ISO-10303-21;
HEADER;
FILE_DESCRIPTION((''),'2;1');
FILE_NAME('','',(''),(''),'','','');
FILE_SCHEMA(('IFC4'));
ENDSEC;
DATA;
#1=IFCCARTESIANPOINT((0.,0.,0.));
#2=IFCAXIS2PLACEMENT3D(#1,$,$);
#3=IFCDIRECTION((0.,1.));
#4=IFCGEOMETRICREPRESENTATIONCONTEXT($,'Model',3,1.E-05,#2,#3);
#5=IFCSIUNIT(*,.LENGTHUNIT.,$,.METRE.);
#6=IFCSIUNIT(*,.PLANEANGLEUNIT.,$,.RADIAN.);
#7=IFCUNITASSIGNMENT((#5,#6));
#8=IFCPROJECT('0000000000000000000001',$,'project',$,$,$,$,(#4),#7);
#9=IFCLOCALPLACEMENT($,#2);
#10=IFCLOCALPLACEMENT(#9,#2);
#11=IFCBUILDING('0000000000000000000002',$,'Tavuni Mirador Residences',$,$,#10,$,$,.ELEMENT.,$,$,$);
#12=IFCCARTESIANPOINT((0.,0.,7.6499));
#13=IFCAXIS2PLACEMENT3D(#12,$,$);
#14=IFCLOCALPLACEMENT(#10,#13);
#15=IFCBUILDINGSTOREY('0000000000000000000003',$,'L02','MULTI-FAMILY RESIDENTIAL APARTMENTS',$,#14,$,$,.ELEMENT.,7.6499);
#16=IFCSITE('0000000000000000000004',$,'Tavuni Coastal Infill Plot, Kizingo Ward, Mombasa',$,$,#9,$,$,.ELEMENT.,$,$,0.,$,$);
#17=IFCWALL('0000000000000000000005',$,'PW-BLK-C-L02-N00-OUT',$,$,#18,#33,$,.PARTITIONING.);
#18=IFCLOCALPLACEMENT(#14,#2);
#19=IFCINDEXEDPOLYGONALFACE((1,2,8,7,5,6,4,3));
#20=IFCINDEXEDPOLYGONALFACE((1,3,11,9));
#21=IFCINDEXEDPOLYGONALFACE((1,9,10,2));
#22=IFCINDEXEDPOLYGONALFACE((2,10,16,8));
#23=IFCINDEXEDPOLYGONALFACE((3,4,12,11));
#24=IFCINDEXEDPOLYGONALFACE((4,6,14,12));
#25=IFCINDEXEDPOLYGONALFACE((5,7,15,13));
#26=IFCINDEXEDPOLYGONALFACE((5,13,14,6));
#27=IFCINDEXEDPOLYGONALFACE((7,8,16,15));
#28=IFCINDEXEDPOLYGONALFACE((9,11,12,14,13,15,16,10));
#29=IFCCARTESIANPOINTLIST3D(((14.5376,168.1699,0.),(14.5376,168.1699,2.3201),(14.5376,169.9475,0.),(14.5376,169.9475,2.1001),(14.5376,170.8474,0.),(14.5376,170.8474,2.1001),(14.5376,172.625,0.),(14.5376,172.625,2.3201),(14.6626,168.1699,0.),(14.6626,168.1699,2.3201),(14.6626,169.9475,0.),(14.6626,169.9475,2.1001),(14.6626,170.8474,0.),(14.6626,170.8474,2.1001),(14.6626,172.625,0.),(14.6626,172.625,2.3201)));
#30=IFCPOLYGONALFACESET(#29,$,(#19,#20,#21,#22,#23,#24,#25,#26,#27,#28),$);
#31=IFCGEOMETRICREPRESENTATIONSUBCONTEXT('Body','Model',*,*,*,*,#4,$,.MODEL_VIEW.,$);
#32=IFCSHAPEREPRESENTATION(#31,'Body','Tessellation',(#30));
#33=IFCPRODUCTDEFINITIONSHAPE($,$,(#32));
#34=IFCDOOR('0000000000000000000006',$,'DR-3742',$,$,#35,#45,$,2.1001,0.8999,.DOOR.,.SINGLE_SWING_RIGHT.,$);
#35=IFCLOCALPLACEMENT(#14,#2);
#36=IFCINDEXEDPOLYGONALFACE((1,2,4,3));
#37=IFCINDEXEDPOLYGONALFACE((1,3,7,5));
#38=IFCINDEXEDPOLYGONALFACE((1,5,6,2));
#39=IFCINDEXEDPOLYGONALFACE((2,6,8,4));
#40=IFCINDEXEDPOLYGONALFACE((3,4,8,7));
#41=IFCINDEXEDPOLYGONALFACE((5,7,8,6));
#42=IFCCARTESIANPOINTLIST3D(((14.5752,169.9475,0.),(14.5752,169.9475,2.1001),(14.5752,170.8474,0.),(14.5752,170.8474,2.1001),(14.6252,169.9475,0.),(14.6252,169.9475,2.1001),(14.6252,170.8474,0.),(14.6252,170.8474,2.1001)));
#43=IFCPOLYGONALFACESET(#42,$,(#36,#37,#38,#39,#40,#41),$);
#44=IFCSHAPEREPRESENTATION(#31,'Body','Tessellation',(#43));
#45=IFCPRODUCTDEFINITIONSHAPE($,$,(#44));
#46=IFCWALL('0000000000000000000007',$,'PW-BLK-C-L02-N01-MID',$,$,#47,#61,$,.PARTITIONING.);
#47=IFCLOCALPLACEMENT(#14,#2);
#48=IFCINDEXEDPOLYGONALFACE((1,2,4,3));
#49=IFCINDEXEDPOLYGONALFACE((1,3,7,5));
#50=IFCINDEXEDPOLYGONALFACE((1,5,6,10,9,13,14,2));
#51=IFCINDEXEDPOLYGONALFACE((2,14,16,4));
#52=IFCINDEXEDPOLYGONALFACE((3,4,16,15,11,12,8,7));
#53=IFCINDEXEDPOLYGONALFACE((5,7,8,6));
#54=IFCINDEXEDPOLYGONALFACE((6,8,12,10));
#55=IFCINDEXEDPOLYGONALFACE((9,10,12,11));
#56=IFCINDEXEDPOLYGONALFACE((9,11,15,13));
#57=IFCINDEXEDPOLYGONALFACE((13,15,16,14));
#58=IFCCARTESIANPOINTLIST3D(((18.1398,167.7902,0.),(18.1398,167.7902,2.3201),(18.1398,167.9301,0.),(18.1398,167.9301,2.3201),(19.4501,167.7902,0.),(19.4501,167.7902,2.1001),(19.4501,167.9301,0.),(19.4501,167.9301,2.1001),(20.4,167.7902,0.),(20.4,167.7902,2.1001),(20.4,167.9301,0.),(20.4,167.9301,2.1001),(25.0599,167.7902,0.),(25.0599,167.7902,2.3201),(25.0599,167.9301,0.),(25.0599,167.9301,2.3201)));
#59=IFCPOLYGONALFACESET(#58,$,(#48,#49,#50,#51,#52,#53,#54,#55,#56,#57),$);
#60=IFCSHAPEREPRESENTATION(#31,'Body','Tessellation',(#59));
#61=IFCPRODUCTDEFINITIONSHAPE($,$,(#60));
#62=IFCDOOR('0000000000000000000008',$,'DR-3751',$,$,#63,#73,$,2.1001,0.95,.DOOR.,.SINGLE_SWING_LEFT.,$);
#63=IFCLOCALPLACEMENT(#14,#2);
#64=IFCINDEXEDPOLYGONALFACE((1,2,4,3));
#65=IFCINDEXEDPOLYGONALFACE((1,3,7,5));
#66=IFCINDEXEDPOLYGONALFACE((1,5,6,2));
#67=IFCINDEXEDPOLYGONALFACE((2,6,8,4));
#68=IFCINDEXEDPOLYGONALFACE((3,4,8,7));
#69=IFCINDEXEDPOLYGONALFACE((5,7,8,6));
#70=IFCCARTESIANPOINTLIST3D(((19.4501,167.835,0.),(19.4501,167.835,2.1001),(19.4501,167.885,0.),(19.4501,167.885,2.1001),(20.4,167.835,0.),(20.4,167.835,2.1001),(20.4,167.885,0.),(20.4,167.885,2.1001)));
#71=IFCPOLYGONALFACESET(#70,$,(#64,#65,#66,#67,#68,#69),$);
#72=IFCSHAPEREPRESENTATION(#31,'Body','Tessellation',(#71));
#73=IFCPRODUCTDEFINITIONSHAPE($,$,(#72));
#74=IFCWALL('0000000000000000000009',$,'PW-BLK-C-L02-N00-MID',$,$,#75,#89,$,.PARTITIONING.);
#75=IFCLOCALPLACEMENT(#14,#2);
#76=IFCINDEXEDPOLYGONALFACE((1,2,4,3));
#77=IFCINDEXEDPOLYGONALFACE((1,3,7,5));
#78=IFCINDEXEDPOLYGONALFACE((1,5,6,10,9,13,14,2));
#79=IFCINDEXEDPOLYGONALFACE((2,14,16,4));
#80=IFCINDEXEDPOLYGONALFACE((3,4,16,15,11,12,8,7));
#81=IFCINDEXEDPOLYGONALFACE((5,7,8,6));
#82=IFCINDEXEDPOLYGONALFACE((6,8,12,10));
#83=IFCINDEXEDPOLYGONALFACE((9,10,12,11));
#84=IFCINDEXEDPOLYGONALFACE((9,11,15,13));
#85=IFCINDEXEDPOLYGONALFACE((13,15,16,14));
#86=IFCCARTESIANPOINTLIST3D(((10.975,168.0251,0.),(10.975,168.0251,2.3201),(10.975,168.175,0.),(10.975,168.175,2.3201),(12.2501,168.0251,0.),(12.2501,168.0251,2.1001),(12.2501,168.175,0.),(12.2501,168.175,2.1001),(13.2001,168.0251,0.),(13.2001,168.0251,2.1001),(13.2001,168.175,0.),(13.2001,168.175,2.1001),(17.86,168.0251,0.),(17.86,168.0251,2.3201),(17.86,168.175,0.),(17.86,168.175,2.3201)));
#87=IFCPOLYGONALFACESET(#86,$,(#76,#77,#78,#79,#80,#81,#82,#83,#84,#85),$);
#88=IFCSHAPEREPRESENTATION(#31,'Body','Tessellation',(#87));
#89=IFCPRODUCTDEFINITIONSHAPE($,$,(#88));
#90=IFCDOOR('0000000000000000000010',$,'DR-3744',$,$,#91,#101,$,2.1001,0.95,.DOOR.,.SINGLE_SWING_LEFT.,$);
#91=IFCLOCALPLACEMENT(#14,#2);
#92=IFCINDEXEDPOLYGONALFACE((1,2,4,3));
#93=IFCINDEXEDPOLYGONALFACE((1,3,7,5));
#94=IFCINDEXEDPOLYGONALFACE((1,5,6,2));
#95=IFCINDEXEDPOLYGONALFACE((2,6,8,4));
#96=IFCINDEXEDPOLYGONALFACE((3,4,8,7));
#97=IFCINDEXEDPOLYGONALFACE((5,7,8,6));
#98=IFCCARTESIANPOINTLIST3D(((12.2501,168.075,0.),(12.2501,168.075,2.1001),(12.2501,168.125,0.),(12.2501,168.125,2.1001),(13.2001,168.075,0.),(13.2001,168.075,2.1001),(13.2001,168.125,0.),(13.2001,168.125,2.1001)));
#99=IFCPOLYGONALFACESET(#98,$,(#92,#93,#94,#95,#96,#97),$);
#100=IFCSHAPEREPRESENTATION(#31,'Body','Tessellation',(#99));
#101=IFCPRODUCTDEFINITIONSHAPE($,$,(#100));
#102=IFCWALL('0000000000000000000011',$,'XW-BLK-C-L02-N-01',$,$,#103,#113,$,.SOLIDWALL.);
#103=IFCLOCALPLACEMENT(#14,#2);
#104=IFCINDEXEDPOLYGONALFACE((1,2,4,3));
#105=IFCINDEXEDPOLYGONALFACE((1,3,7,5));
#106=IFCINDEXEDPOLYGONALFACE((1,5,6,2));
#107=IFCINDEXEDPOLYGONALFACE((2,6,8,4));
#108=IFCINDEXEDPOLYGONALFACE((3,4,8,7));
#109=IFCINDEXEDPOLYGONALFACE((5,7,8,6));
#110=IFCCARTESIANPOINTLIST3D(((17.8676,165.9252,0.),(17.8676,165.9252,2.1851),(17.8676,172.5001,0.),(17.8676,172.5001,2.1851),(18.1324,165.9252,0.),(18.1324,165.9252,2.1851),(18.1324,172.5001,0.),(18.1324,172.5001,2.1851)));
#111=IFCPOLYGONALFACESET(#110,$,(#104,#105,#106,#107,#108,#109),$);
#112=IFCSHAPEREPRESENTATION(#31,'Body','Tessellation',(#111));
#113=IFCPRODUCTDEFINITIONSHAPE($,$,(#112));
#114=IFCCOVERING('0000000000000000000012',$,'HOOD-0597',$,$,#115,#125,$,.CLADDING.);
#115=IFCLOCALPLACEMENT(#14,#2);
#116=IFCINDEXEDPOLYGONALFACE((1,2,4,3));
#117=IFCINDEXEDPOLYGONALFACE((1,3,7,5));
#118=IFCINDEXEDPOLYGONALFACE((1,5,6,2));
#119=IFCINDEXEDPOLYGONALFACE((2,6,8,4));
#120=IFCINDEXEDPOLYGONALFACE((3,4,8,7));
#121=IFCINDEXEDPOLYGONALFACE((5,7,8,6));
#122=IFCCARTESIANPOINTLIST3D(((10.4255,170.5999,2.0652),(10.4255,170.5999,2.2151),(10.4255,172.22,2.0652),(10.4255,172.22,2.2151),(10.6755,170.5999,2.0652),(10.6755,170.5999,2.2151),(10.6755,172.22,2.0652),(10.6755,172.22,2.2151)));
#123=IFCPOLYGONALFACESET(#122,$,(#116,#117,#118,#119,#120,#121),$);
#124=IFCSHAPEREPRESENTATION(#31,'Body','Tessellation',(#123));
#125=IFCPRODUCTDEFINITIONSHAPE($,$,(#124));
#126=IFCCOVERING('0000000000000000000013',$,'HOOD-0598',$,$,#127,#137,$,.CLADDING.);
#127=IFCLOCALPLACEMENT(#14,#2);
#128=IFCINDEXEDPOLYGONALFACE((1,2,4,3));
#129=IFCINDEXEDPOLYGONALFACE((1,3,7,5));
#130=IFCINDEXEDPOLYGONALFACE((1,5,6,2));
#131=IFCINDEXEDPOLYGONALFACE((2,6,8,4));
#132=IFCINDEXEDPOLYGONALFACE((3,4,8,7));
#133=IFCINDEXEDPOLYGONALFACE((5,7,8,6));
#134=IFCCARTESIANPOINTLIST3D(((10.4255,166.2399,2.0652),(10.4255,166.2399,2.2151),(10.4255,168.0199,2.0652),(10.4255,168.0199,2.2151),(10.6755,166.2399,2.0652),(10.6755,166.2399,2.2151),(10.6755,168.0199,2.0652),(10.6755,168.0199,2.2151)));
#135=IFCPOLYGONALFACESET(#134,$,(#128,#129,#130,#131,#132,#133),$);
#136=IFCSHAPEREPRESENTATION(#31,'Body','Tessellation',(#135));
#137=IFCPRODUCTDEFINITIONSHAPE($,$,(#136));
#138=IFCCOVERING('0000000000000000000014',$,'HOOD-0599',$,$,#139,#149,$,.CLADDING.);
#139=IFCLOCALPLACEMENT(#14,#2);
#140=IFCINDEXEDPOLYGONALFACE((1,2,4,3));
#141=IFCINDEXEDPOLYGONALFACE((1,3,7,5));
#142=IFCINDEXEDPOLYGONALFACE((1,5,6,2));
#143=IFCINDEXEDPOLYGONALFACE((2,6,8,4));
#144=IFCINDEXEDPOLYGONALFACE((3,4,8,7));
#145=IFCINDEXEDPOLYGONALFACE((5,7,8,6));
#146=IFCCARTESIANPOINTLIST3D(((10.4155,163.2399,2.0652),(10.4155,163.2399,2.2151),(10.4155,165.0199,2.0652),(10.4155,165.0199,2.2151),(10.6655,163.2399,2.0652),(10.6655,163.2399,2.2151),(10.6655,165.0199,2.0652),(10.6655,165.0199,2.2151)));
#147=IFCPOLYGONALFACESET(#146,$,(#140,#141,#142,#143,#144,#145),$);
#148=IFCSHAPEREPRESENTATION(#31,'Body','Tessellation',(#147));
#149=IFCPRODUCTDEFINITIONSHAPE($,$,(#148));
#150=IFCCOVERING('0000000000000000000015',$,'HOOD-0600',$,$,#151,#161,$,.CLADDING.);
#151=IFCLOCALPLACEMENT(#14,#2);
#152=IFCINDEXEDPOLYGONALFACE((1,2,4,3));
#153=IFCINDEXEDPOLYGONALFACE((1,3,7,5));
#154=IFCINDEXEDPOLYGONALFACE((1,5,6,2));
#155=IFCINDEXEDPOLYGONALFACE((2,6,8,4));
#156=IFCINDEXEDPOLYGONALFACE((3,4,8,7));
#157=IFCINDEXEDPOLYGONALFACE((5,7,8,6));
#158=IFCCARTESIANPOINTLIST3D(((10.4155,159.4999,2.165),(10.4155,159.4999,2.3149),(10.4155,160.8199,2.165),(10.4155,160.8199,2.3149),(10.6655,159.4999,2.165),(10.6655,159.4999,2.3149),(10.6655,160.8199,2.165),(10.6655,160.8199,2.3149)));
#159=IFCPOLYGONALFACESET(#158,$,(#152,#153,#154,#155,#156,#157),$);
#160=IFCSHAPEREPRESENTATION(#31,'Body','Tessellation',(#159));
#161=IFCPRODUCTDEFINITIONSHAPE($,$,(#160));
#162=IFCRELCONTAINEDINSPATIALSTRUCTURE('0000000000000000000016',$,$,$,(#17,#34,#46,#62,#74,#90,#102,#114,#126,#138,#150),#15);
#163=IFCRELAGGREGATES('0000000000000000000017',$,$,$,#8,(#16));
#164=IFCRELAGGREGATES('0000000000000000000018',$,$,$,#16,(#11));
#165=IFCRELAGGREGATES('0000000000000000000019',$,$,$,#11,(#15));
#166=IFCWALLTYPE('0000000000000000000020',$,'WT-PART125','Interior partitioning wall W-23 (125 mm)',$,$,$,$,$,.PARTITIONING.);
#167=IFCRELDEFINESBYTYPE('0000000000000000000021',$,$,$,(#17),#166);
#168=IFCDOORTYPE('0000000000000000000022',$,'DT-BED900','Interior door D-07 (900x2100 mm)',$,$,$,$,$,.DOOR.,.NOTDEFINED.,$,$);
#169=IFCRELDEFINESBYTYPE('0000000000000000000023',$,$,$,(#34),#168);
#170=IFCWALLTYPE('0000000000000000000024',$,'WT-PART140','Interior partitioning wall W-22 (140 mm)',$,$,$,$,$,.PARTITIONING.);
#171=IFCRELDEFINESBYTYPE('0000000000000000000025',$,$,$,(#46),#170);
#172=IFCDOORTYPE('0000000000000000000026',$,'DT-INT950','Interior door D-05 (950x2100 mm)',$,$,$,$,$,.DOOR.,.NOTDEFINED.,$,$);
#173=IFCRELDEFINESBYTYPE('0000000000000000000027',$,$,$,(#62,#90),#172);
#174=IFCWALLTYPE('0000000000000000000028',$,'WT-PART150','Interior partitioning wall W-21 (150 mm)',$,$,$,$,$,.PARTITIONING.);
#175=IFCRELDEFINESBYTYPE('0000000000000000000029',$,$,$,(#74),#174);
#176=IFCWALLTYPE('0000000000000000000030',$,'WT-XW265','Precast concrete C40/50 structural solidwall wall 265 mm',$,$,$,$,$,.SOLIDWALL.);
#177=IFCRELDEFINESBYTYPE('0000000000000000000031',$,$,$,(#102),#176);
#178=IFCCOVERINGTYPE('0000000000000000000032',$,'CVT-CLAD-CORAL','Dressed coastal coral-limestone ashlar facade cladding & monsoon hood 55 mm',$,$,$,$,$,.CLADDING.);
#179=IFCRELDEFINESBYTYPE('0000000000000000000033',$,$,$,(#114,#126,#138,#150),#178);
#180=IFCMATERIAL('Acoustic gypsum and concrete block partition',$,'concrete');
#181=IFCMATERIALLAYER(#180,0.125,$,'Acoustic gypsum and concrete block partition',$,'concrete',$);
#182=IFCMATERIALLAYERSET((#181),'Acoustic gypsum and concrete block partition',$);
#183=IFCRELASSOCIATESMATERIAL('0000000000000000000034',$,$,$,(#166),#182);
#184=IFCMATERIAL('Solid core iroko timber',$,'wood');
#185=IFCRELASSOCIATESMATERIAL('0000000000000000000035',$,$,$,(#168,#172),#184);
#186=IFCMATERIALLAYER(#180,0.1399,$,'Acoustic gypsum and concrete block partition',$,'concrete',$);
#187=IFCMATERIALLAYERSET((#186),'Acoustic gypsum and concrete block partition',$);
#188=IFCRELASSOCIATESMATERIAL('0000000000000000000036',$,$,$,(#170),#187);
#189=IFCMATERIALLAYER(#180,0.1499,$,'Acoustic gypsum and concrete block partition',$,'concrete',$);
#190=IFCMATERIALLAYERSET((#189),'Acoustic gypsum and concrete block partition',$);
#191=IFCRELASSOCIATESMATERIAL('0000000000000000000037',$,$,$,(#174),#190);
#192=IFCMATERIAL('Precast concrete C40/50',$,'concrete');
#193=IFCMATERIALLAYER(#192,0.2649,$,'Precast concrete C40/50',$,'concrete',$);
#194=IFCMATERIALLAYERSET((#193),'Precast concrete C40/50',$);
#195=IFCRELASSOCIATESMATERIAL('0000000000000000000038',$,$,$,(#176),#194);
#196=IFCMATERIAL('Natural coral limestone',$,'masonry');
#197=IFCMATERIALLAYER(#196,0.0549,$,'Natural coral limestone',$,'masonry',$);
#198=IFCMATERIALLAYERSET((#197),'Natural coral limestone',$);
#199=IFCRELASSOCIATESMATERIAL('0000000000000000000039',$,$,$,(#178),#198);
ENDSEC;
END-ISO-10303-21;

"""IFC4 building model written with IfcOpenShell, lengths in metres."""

from ifc_helpers import new_model, si_unit, direction, frame, frame_2d, origin, origin_2d, place, context, subcontext, project, spatial, rectangle, extrude, material, layer, layer_set, type_object, element, fill, save


model = new_model("IFC4")

# Units and contexts
model_context = context("Model", 3, precision=1e-05, world=origin(), true_north=direction((0.0, 1.0)))
body_context = subcontext(model_context, "Body", "Model", "MODEL_VIEW")
ifc_project = project(units=[si_unit("LENGTHUNIT", "METRE"), si_unit("PLANEANGLEUNIT", "RADIAN")], contexts=[model_context])

# Site, building, storey
site_placement = place(None, origin())
site = spatial("IfcSite", under=ifc_project, at=site_placement, Name="Tavuni Coastal Infill Plot, Kizingo Ward, Mombasa", CompositionType="ELEMENT", RefElevation=0.0)
building_placement = place(site_placement, origin())
building = spatial("IfcBuilding", under=site, at=building_placement, Name="Tavuni Mirador Residences", CompositionType="ELEMENT")
storey_placement = place(building_placement, frame((0.0, 0.0, 7.6499)))
storey = spatial("IfcBuildingStorey", under=building, at=storey_placement, Name="L02", Description="MULTI-FAMILY RESIDENTIAL APARTMENTS", CompositionType="ELEMENT", Elevation=7.6499)

# Shared definitions
ifc_material_1 = material(Name="Precast concrete C40/50", Category="concrete")

# Shared definitions
ifc_material_2 = material(Name="Solid core iroko timber", Category="wood")

# Walls, openings, doors
ifc_material_3 = material(Name="Acoustic gypsum and concrete block partition", Category="concrete")
ifc_layer_1 = layer(ifc_material_3, 0.125, Name="Acoustic gypsum and concrete block partition", Category="concrete")
ifc_layer_set_1 = layer_set([ifc_layer_1], Name="Acoustic gypsum and concrete block partition")
wall_type_1 = type_object("IfcWallType", Name="WT-PART125", Description="Interior partitioning wall W-23 (125 mm)", PredefinedType="PARTITIONING", material=ifc_layer_set_1)
wall_1_placement = place(storey_placement, frame((14.6001, 168.1699, 0.0), z_axis=(0.0, 0.0, 1.0), x_axis=(0.0, 1.0, 0.0)))
wall_1 = element("IfcWall", 1, at=wall_1_placement, inside=storey, type_object=wall_type_1, Name="PW-BLK-C-L02-N00-OUT", PredefinedType="PARTITIONING", context=body_context, shape_type="SweptSolid", body=[
    extrude(rectangle(XDim=4.4551, YDim=0.125, at=frame_2d((2.2275, 0.0))), origin(), (0.0, 0.0, 1.0), 2.3201),
])
opening_1_placement = place(wall_1_placement, frame((1.7776, 0.0, 0.0)))
opening_1 = element("IfcOpeningElement", 2, at=opening_1_placement, cuts=wall_1, PredefinedType="OPENING", context=body_context, shape_type="SweptSolid", body=[
    extrude(rectangle(XDim=0.8999, YDim=2.1001, at=frame_2d((0.45, 1.05))), frame((0.0, 0.0725, 0.0), z_axis=(0.0, -1.0, 0.0), x_axis=(1.0, 0.0, 0.0)), (0.0, 0.0, 1.0), 0.145),
])
door_type_1 = type_object("IfcDoorType", Name="DT-BED900", Description="Interior door D-07 (900x2100 mm)", OperationType="NOTDEFINED", PredefinedType="DOOR", material=ifc_material_2)
door_1_placement = place(opening_1_placement, origin())
door_1 = element("IfcDoor", 3, at=door_1_placement, inside=storey, type_object=door_type_1, Name="DR-3742", OperationType="SINGLE_SWING_RIGHT", OverallHeight=2.1001, OverallWidth=0.8999, PredefinedType="DOOR", context=body_context, shape_type="SweptSolid", body=[
    extrude(rectangle(XDim=0.8999, YDim=2.1001, at=frame_2d((0.45, 1.05))), frame((0.0, 0.0249, 0.0), z_axis=(0.0, -1.0, 0.0), x_axis=(1.0, 0.0, 0.0)), (0.0, 0.0, 1.0), 0.05),
])
fill(opening_1, door_1)
ifc_layer_2 = layer(ifc_material_3, 0.1399, Name="Acoustic gypsum and concrete block partition", Category="concrete")
ifc_layer_set_2 = layer_set([ifc_layer_2], Name="Acoustic gypsum and concrete block partition")
wall_type_2 = type_object("IfcWallType", Name="WT-PART140", Description="Interior partitioning wall W-22 (140 mm)", PredefinedType="PARTITIONING", material=ifc_layer_set_2)
wall_2_placement = place(storey_placement, frame((18.1399, 167.8601, 0.0), z_axis=(0.0, 0.0, 1.0), x_axis=(1.0, 0.0, 0.0)))
wall_2 = element("IfcWall", 4, at=wall_2_placement, inside=storey, type_object=wall_type_2, Name="PW-BLK-C-L02-N01-MID", PredefinedType="PARTITIONING", context=body_context, shape_type="SweptSolid", body=[
    extrude(rectangle(XDim=6.9202, YDim=0.1399, at=frame_2d((3.46, 0.0))), origin(), (0.0, 0.0, 1.0), 2.3201),
])
opening_2_placement = place(wall_2_placement, frame((1.3101, 0.0, 0.0)))
opening_2 = element("IfcOpeningElement", 5, at=opening_2_placement, cuts=wall_2, PredefinedType="OPENING", context=body_context, shape_type="SweptSolid", body=[
    extrude(rectangle(XDim=0.95, YDim=2.1001, at=frame_2d((0.4751, 1.05))), frame((0.0, 0.0801, 0.0), z_axis=(0.0, -1.0, 0.0), x_axis=(1.0, 0.0, 0.0)), (0.0, 0.0, 1.0), 0.1599),
])
door_type_2 = type_object("IfcDoorType", Name="DT-INT950", Description="Interior door D-05 (950x2100 mm)", OperationType="NOTDEFINED", PredefinedType="DOOR", material=ifc_material_2)
door_2_placement = place(opening_2_placement, origin())
door_2 = element("IfcDoor", 6, at=door_2_placement, inside=storey, type_object=door_type_2, Name="DR-3751", OperationType="SINGLE_SWING_LEFT", OverallHeight=2.1001, OverallWidth=0.95, PredefinedType="DOOR", context=body_context, shape_type="SweptSolid", body=[
    extrude(rectangle(XDim=0.95, YDim=2.1001, at=frame_2d((0.4751, 1.05))), frame((0.0, 0.0249, 0.0), z_axis=(0.0, -1.0, 0.0), x_axis=(1.0, 0.0, 0.0)), (0.0, 0.0, 1.0), 0.05),
])
fill(opening_2, door_2)
ifc_layer_3 = layer(ifc_material_3, 0.1499, Name="Acoustic gypsum and concrete block partition", Category="concrete")
ifc_layer_set_3 = layer_set([ifc_layer_3], Name="Acoustic gypsum and concrete block partition")
wall_type_3 = type_object("IfcWallType", Name="WT-PART150", Description="Interior partitioning wall W-21 (150 mm)", PredefinedType="PARTITIONING", material=ifc_layer_set_3)
wall_3_placement = place(storey_placement, frame((10.9751, 168.1001, 0.0), z_axis=(0.0, 0.0, 1.0), x_axis=(1.0, 0.0, 0.0)))
wall_3 = element("IfcWall", 7, at=wall_3_placement, inside=storey, type_object=wall_type_3, Name="PW-BLK-C-L02-N00-MID", PredefinedType="PARTITIONING", context=body_context, shape_type="SweptSolid", body=[
    extrude(rectangle(XDim=6.885, YDim=0.1499, at=frame_2d((3.4424, 0.0))), origin(), (0.0, 0.0, 1.0), 2.3201),
])
opening_3_placement = place(wall_3_placement, frame((1.2749, 0.0, 0.0)))
opening_3 = element("IfcOpeningElement", 8, at=opening_3_placement, cuts=wall_3, PredefinedType="OPENING", context=body_context, shape_type="SweptSolid", body=[
    extrude(rectangle(XDim=0.95, YDim=2.1001, at=frame_2d((0.4751, 1.05))), frame((0.0, 0.085, 0.0), z_axis=(0.0, -1.0, 0.0), x_axis=(1.0, 0.0, 0.0)), (0.0, 0.0, 1.0), 0.1699),
])
door_3_placement = place(opening_3_placement, origin())
door_3 = element("IfcDoor", 9, at=door_3_placement, inside=storey, type_object=door_type_2, Name="DR-3744", OperationType="SINGLE_SWING_LEFT", OverallHeight=2.1001, OverallWidth=0.95, PredefinedType="DOOR", context=body_context, shape_type="SweptSolid", body=[
    extrude(rectangle(XDim=0.95, YDim=2.1001, at=frame_2d((0.4751, 1.05))), frame((0.0, 0.0249, 0.0), z_axis=(0.0, -1.0, 0.0), x_axis=(1.0, 0.0, 0.0)), (0.0, 0.0, 1.0), 0.05),
])
fill(opening_3, door_3)

# Wall
ifc_layer_4 = layer(ifc_material_1, 0.2649, Name="Precast concrete C40/50", Category="concrete")
ifc_layer_set_4 = layer_set([ifc_layer_4], Name="Precast concrete C40/50")
wall_type_4 = type_object("IfcWallType", Name="WT-XW265", Description="Precast concrete C40/50 structural solidwall wall 265 mm", PredefinedType="SOLIDWALL", material=ifc_layer_set_4)
wall_4_placement = place(storey_placement, frame((18.0, 165.925, 0.0), z_axis=(0.0, 0.0, 1.0), x_axis=(0.0, 1.0, 0.0)))
element("IfcWall", 10, at=wall_4_placement, inside=storey, type_object=wall_type_4, Name="XW-BLK-C-L02-N-01", PredefinedType="SOLIDWALL", context=body_context, shape_type="SweptSolid", body=[
    extrude(rectangle(XDim=6.575, YDim=0.2649, at=frame_2d((3.2876, 0.0))), origin(), (0.0, 0.0, 1.0), 2.1851),
])

# Coverings
ifc_material_4 = material(Name="Natural coral limestone", Category="masonry")
ifc_layer_5 = layer(ifc_material_4, 0.0549, Name="Natural coral limestone", Category="masonry")
ifc_layer_set_5 = layer_set([ifc_layer_5], Name="Natural coral limestone")
covering_type = type_object("IfcCoveringType", Name="CVT-CLAD-CORAL", Description="Dressed coastal coral-limestone ashlar facade cladding & monsoon hood 55 mm", PredefinedType="CLADDING", material=ifc_layer_set_5)
covering_1_placement = place(storey_placement, frame((10.5505, 171.4099, 2.0652), z_axis=(0.0, 0.0, 1.0), x_axis=(0.0, -1.0, 0.0)))
element("IfcCovering", 11, at=covering_1_placement, inside=storey, type_object=covering_type, Name="HOOD-0597", PredefinedType="CLADDING", context=body_context, shape_type="SweptSolid", body=[
    extrude(rectangle(XDim=1.6201, YDim=0.25, at=origin_2d()), origin(), (0.0, 0.0, 1.0), 0.1499),
])
for number, where, z_axis, x_axis, name in (
    (12, (10.5505, 167.1299, 2.0652), (0.0, 0.0, 1.0), (0.0, -1.0, 0.0), "HOOD-0598"),
    (13, (10.5405, 164.1299, 2.0652), (0.0, 0.0, 1.0), (0.0, -1.0, 0.0), "HOOD-0599"),
):
    element("IfcCovering", number, at=place(storey_placement, frame(where, z_axis=z_axis, x_axis=x_axis)), inside=storey, type_object=covering_type, Name=name, PredefinedType="CLADDING", context=body_context, shape_type="SweptSolid", body=[
        extrude(rectangle(XDim=1.78, YDim=0.25, at=origin_2d()), origin(), (0.0, 0.0, 1.0), 0.1499),
    ])
covering_2_placement = place(storey_placement, frame((10.5405, 160.1599, 2.165), z_axis=(0.0, 0.0, 1.0), x_axis=(0.0, -1.0, 0.0)))
element("IfcCovering", 14, at=covering_2_placement, inside=storey, type_object=covering_type, Name="HOOD-0600", PredefinedType="CLADDING", context=body_context, shape_type="SweptSolid", body=[
    extrude(rectangle(XDim=1.3201, YDim=0.25, at=origin_2d()), origin(), (0.0, 0.0, 1.0), 0.1499),
])

save(model, "model.ifc")
